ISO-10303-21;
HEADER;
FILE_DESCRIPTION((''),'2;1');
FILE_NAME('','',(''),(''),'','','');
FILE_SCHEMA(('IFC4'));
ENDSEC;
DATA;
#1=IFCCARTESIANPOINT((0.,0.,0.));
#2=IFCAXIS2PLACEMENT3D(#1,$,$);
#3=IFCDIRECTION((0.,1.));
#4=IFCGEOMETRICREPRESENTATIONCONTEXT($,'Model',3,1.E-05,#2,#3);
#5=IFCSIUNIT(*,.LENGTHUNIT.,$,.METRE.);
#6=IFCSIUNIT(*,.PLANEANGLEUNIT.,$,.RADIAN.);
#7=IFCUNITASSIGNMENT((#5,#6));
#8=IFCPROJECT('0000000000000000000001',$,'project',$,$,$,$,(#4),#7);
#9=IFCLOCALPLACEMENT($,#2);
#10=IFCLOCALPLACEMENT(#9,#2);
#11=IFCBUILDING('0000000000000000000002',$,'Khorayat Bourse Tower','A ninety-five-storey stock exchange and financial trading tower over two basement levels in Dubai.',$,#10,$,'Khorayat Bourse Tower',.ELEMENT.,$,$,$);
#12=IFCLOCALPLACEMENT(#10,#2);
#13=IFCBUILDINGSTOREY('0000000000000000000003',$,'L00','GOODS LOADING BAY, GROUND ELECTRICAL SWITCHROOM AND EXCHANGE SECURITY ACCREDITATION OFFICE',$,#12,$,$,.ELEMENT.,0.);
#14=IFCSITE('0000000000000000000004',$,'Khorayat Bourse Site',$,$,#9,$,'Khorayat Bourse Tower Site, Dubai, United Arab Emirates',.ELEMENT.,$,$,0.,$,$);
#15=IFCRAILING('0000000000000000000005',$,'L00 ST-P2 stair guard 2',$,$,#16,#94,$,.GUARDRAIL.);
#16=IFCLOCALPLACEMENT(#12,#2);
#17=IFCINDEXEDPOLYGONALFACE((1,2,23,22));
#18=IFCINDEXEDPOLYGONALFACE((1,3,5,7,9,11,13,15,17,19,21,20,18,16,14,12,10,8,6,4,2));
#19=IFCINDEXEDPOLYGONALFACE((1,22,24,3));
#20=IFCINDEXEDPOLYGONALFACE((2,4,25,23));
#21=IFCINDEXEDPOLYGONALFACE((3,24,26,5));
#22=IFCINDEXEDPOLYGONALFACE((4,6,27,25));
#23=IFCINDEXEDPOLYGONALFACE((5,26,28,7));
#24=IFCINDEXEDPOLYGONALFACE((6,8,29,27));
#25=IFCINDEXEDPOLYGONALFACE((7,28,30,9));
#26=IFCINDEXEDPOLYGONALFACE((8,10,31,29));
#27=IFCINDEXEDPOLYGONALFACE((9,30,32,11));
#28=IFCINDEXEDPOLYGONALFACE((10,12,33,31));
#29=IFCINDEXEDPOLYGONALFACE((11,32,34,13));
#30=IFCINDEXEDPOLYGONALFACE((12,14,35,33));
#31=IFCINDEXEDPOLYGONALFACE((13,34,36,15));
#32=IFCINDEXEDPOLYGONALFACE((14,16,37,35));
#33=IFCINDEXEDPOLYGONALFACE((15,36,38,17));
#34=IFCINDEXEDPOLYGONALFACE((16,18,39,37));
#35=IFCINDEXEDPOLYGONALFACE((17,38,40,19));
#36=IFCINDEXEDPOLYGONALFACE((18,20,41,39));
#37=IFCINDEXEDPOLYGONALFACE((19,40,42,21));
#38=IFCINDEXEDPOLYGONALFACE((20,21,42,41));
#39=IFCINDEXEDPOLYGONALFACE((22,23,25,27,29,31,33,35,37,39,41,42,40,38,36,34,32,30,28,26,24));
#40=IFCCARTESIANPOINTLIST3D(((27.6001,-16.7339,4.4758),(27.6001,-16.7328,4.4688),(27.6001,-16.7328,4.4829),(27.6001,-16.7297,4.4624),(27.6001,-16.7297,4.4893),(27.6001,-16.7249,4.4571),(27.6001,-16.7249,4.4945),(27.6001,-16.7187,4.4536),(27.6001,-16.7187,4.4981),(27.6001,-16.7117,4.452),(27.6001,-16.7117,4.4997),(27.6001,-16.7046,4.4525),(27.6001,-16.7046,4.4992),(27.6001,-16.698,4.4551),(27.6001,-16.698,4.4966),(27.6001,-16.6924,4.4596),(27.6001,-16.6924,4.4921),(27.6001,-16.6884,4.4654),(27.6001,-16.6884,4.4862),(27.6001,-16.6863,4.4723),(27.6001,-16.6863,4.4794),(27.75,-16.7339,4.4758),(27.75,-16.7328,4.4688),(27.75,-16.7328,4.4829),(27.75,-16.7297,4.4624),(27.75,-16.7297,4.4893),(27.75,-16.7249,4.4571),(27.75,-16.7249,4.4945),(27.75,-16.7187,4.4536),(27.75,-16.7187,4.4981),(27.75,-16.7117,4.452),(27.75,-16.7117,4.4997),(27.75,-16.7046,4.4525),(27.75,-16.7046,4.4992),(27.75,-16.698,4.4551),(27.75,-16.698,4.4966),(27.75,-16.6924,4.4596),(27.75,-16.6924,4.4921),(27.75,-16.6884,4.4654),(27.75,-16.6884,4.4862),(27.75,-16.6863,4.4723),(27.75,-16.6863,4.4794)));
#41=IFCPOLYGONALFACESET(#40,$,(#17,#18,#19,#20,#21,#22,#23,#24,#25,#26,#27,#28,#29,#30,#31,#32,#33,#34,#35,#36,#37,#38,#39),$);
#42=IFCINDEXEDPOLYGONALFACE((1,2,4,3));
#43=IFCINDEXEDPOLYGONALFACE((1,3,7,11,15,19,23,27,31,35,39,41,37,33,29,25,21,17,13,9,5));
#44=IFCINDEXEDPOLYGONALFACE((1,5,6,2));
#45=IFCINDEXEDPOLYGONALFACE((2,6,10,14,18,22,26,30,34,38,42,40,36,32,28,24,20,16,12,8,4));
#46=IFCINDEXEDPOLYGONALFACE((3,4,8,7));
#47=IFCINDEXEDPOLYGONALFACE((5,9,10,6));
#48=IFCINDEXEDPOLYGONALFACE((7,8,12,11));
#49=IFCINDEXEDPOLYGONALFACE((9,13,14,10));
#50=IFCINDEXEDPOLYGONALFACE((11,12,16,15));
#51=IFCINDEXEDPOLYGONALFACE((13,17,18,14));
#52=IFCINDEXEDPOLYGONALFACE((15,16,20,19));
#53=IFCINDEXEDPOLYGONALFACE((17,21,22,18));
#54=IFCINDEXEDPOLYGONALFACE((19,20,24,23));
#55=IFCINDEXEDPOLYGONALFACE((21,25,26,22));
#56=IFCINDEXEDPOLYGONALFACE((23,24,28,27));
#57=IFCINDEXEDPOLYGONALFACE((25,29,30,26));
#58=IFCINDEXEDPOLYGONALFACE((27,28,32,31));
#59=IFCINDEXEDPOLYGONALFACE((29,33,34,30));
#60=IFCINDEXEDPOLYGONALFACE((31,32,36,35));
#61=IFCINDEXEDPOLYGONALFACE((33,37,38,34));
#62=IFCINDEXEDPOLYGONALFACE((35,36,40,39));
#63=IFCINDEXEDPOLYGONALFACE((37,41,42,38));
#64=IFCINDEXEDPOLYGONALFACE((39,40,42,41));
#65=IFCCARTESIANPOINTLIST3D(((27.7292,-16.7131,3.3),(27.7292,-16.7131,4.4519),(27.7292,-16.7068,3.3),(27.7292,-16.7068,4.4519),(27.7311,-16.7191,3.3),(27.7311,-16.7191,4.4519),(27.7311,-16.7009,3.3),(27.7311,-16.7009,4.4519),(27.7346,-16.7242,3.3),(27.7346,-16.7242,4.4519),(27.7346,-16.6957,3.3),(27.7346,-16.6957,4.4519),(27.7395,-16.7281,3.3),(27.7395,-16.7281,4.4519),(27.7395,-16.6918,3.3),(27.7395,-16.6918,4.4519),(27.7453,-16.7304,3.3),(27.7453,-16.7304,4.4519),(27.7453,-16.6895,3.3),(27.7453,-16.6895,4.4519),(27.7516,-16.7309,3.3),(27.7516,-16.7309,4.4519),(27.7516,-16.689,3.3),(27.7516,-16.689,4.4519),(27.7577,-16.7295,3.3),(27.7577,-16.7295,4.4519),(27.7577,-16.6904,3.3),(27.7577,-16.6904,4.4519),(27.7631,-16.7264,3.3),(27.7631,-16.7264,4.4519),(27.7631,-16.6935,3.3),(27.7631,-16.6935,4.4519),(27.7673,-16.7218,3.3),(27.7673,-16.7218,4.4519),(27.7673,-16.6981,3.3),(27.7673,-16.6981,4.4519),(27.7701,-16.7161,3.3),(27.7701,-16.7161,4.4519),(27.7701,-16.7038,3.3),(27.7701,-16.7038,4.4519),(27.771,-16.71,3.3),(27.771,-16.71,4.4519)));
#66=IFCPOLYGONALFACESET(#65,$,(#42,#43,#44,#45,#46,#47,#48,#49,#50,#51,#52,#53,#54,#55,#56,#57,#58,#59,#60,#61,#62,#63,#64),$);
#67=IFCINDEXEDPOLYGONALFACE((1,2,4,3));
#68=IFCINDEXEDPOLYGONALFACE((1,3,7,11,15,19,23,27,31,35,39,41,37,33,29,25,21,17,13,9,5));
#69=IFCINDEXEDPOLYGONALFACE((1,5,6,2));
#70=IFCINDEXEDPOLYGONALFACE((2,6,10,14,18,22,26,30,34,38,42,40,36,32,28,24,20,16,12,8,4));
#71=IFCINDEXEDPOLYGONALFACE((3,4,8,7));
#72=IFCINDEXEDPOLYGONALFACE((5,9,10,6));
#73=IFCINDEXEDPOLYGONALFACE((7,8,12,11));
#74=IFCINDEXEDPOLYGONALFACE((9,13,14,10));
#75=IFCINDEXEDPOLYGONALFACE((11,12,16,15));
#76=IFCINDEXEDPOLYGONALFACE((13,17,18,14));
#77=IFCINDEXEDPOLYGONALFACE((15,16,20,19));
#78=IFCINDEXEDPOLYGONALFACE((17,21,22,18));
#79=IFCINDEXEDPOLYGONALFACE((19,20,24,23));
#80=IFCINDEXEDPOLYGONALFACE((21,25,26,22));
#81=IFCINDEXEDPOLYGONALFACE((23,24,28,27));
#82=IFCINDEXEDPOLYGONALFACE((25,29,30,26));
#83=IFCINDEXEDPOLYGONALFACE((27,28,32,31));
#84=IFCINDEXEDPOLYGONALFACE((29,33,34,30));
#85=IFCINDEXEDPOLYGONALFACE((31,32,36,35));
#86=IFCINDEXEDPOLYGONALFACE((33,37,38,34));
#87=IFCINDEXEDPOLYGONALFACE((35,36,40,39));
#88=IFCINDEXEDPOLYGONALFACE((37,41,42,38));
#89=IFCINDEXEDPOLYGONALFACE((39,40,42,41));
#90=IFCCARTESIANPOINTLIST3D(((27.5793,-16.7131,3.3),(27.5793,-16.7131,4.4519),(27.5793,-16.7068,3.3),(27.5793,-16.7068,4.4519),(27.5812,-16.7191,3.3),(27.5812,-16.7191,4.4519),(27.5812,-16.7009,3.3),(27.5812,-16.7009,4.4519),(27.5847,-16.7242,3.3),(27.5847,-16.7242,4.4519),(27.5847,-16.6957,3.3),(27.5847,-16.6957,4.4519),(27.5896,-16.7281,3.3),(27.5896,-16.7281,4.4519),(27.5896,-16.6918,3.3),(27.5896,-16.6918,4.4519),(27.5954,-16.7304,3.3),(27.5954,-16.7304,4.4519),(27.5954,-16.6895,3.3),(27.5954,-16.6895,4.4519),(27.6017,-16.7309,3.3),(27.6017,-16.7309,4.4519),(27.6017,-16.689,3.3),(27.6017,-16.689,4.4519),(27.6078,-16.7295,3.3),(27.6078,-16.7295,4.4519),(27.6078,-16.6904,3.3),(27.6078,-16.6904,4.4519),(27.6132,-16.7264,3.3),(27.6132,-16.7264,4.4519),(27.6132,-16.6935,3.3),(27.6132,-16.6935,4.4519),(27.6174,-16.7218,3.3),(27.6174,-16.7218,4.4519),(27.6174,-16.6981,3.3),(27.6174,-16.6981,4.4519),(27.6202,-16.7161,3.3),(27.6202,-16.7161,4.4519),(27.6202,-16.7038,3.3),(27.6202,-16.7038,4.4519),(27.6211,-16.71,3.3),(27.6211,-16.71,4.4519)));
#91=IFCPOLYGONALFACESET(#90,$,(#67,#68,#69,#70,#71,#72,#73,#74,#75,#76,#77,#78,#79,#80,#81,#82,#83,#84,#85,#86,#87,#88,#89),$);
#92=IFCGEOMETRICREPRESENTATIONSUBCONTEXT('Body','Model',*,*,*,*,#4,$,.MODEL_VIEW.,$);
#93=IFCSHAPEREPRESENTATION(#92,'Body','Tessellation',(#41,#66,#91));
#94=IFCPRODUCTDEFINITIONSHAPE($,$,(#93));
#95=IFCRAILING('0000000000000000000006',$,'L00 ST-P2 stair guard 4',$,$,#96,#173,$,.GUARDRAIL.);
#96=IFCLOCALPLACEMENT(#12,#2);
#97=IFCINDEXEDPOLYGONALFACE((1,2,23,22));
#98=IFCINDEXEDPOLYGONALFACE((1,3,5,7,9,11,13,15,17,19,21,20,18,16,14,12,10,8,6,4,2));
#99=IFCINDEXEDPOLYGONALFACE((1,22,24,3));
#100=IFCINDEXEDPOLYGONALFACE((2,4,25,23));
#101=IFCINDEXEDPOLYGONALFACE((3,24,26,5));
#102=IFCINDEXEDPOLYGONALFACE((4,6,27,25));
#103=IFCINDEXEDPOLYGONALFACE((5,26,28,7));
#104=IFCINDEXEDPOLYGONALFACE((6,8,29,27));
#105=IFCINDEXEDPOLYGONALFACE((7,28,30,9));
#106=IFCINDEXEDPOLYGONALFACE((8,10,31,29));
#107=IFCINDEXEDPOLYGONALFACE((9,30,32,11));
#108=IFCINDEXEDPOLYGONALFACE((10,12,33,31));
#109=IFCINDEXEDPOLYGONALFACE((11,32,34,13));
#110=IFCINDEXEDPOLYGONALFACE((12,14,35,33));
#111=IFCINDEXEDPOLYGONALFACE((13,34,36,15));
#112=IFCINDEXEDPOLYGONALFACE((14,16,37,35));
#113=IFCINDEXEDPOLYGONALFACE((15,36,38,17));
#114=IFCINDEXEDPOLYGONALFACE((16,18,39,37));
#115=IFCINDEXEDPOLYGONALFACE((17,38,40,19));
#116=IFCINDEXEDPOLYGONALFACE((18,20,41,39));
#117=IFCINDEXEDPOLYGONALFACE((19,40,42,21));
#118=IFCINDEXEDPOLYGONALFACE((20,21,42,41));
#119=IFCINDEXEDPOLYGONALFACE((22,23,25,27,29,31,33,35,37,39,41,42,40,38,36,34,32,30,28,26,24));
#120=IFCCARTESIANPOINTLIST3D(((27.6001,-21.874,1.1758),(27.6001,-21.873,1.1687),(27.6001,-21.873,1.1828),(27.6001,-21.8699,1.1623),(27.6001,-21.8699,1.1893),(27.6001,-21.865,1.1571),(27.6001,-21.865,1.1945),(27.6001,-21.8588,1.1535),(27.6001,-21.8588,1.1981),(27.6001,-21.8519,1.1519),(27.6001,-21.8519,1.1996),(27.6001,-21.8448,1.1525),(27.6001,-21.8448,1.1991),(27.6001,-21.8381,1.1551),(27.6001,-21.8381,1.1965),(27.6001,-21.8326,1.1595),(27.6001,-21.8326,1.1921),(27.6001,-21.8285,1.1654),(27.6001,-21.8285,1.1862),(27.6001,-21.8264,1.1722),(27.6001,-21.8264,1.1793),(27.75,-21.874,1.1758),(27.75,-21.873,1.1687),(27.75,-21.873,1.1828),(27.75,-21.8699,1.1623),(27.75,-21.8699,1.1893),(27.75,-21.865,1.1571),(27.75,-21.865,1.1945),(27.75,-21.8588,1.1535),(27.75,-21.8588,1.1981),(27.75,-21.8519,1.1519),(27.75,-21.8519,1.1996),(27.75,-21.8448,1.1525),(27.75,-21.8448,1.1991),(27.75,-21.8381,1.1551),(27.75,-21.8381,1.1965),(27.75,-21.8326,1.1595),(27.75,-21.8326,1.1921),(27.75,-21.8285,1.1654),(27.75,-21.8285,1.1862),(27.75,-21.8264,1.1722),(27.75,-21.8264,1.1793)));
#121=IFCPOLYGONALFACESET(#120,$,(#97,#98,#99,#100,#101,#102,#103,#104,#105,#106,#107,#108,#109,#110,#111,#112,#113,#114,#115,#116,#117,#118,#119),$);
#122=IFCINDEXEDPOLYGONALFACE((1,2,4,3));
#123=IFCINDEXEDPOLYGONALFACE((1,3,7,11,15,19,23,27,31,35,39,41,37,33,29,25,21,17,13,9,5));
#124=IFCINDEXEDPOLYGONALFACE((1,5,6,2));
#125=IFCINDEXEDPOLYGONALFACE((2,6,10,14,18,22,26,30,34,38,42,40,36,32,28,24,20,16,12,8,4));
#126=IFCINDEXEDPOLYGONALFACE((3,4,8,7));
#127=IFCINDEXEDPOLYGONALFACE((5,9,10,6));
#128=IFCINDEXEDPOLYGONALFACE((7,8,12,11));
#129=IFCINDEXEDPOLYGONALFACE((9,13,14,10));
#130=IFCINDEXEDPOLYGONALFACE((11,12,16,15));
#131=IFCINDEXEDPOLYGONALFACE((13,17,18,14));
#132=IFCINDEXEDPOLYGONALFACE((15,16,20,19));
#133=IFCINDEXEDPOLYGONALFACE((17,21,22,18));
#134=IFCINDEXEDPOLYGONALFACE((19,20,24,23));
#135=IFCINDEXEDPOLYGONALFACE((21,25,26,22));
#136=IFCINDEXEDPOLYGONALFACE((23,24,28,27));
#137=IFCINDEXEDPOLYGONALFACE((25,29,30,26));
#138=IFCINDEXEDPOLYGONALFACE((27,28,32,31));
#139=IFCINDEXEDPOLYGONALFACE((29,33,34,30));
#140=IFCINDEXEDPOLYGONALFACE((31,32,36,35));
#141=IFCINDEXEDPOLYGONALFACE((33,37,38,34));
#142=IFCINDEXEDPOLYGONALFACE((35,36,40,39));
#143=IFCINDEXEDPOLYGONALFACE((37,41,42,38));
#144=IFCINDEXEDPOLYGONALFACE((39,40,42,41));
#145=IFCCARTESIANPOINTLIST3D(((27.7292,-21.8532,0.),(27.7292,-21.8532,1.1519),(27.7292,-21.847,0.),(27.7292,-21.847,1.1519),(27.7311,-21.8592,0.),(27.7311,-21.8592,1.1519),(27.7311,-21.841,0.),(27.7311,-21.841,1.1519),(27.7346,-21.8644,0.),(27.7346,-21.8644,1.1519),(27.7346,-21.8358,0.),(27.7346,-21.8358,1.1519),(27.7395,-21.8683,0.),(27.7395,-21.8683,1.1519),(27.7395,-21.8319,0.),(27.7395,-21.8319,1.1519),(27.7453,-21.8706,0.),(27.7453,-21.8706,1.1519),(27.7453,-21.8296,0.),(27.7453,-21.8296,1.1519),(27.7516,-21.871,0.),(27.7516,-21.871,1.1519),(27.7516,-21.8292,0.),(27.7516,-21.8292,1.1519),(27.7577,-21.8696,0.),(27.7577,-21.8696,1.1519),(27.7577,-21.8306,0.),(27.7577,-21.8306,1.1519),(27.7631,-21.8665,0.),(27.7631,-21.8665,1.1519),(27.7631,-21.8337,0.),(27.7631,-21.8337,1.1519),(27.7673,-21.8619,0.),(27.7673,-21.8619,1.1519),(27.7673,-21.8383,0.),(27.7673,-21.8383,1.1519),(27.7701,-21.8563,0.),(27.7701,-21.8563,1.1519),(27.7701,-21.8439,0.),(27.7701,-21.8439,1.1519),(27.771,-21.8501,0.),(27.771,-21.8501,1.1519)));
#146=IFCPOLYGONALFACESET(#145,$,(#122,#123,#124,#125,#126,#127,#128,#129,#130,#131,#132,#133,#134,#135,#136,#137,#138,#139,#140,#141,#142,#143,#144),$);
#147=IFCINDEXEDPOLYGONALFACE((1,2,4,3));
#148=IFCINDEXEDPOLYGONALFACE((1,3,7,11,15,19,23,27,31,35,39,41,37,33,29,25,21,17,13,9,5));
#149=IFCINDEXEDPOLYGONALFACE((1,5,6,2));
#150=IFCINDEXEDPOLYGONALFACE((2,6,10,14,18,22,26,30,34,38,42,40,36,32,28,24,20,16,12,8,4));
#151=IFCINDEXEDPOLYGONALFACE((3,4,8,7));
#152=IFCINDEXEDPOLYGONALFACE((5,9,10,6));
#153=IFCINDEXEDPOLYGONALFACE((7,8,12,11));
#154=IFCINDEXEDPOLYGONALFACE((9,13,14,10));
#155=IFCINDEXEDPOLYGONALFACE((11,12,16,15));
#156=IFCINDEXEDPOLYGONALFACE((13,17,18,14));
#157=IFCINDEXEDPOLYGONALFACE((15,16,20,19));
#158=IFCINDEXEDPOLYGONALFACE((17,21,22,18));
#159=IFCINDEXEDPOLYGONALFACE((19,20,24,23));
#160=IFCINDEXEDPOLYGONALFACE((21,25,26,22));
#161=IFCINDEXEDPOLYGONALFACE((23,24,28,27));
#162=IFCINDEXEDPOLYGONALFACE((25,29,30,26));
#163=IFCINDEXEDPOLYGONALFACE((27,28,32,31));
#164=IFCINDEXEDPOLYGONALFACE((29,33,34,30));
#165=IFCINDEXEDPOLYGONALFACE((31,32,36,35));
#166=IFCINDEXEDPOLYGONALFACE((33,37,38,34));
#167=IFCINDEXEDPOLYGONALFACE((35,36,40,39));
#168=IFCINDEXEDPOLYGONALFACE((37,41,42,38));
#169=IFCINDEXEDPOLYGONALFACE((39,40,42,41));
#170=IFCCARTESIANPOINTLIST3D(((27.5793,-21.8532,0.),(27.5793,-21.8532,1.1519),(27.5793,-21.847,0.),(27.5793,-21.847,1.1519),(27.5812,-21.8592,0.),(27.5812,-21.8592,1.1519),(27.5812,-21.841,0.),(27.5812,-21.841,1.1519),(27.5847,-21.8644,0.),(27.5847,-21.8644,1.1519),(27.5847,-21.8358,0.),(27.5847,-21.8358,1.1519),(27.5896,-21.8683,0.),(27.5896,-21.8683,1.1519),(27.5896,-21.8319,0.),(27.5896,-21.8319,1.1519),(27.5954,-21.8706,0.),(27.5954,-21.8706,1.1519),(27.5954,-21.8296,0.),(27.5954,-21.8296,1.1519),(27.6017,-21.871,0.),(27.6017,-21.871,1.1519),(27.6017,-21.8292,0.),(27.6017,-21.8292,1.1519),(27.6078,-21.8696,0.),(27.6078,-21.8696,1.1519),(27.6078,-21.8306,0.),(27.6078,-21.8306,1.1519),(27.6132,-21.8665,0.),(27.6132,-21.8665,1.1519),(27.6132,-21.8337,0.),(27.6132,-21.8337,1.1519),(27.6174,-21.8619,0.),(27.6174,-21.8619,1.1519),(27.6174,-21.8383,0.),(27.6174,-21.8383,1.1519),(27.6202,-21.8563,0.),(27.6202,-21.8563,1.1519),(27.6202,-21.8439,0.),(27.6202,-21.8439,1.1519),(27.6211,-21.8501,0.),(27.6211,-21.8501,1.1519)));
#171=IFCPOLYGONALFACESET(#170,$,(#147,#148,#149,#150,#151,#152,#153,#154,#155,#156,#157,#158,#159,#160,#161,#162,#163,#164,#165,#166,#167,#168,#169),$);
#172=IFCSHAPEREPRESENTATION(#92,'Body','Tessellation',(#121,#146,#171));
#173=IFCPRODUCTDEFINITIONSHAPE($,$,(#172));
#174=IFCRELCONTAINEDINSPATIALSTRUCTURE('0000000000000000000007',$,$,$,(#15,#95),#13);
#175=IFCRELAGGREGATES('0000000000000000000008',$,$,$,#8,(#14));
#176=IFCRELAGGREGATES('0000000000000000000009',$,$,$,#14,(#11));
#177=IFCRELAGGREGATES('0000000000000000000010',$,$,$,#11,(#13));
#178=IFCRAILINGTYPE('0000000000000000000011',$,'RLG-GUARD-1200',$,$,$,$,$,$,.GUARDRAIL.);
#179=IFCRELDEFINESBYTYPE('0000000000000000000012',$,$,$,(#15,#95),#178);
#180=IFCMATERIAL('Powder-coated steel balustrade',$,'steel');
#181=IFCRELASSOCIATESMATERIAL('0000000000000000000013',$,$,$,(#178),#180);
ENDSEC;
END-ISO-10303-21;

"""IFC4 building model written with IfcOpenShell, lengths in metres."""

from ifc_helpers import new_model, si_unit, direction, frame, origin, origin_2d, place, context, subcontext, project, spatial, circle, extrude, source, transform, mapped, material, type_object, element, save


model = new_model("IFC4")

# Units and contexts
model_context = context("Model", 3, precision=1e-05, world=origin(), true_north=direction((0.0, 1.0)))
body_context = subcontext(model_context, "Body", "Model", "MODEL_VIEW")
ifc_project = project(units=[si_unit("LENGTHUNIT", "METRE"), si_unit("PLANEANGLEUNIT", "RADIAN")], contexts=[model_context])

# Site, building, storey
site_placement = place(None, origin())
site = spatial("IfcSite", under=ifc_project, at=site_placement, Name="Khorayat Bourse Site", LongName="Khorayat Bourse Tower Site, Dubai, United Arab Emirates", CompositionType="ELEMENT", RefElevation=0.0)
building_placement = place(site_placement, origin())
building = spatial("IfcBuilding", under=site, at=building_placement, Name="Khorayat Bourse Tower", Description="A ninety-five-storey stock exchange and financial trading tower over two basement levels in Dubai.", LongName="Khorayat Bourse Tower", CompositionType="ELEMENT")
storey_placement = place(building_placement, origin())
storey = spatial("IfcBuildingStorey", under=building, at=storey_placement, Name="L00", Description="GOODS LOADING BAY, GROUND ELECTRICAL SWITCHROOM AND EXCHANGE SECURITY ACCREDITATION OFFICE", CompositionType="ELEMENT", Elevation=0.0)

# Railings
ifc_material_1 = material(Name="Powder-coated steel balustrade", Category="steel")
railing_type_1 = type_object("IfcRailingType", Name="RLG-GUARD-1200", PredefinedType="GUARDRAIL", material=ifc_material_1)
shared_shape_1 = source(origin(), body_context, "Body", "SweptSolid", [
    extrude(circle(Radius=0.0239, at=origin_2d()), frame((0.0, 0.0, 1.1758), z_axis=(-1.0, 0.0, 0.0), x_axis=(0.0, -1.0, 0.0)), (0.0, 0.0, 1.0), 0.1499),
    extrude(circle(Radius=0.021, at=origin_2d()), origin(), (0.0, 0.0, 1.0), 1.1519),
    extrude(circle(Radius=0.021, at=origin_2d()), frame((-0.1499, 0.0, 0.0)), (0.0, 0.0, 1.0), 1.1519),
])
for number, where, name in (
    (1, (27.75, -16.71, 3.3), "L00 ST-P2 stair guard 2"),
    (2, (27.75, -21.8501, 0.0), "L00 ST-P2 stair guard 4"),
):
    element("IfcRailing", number, at=place(storey_placement, frame(where)), inside=storey, type_object=railing_type_1, Name=name, PredefinedType="GUARDRAIL", context=body_context, shape_type="MappedRepresentation", body=[
        mapped(shared_shape_1, transform((0.0, 0.0, 0.0), scale=1.0)),
    ])

save(model, "model.ifc")
